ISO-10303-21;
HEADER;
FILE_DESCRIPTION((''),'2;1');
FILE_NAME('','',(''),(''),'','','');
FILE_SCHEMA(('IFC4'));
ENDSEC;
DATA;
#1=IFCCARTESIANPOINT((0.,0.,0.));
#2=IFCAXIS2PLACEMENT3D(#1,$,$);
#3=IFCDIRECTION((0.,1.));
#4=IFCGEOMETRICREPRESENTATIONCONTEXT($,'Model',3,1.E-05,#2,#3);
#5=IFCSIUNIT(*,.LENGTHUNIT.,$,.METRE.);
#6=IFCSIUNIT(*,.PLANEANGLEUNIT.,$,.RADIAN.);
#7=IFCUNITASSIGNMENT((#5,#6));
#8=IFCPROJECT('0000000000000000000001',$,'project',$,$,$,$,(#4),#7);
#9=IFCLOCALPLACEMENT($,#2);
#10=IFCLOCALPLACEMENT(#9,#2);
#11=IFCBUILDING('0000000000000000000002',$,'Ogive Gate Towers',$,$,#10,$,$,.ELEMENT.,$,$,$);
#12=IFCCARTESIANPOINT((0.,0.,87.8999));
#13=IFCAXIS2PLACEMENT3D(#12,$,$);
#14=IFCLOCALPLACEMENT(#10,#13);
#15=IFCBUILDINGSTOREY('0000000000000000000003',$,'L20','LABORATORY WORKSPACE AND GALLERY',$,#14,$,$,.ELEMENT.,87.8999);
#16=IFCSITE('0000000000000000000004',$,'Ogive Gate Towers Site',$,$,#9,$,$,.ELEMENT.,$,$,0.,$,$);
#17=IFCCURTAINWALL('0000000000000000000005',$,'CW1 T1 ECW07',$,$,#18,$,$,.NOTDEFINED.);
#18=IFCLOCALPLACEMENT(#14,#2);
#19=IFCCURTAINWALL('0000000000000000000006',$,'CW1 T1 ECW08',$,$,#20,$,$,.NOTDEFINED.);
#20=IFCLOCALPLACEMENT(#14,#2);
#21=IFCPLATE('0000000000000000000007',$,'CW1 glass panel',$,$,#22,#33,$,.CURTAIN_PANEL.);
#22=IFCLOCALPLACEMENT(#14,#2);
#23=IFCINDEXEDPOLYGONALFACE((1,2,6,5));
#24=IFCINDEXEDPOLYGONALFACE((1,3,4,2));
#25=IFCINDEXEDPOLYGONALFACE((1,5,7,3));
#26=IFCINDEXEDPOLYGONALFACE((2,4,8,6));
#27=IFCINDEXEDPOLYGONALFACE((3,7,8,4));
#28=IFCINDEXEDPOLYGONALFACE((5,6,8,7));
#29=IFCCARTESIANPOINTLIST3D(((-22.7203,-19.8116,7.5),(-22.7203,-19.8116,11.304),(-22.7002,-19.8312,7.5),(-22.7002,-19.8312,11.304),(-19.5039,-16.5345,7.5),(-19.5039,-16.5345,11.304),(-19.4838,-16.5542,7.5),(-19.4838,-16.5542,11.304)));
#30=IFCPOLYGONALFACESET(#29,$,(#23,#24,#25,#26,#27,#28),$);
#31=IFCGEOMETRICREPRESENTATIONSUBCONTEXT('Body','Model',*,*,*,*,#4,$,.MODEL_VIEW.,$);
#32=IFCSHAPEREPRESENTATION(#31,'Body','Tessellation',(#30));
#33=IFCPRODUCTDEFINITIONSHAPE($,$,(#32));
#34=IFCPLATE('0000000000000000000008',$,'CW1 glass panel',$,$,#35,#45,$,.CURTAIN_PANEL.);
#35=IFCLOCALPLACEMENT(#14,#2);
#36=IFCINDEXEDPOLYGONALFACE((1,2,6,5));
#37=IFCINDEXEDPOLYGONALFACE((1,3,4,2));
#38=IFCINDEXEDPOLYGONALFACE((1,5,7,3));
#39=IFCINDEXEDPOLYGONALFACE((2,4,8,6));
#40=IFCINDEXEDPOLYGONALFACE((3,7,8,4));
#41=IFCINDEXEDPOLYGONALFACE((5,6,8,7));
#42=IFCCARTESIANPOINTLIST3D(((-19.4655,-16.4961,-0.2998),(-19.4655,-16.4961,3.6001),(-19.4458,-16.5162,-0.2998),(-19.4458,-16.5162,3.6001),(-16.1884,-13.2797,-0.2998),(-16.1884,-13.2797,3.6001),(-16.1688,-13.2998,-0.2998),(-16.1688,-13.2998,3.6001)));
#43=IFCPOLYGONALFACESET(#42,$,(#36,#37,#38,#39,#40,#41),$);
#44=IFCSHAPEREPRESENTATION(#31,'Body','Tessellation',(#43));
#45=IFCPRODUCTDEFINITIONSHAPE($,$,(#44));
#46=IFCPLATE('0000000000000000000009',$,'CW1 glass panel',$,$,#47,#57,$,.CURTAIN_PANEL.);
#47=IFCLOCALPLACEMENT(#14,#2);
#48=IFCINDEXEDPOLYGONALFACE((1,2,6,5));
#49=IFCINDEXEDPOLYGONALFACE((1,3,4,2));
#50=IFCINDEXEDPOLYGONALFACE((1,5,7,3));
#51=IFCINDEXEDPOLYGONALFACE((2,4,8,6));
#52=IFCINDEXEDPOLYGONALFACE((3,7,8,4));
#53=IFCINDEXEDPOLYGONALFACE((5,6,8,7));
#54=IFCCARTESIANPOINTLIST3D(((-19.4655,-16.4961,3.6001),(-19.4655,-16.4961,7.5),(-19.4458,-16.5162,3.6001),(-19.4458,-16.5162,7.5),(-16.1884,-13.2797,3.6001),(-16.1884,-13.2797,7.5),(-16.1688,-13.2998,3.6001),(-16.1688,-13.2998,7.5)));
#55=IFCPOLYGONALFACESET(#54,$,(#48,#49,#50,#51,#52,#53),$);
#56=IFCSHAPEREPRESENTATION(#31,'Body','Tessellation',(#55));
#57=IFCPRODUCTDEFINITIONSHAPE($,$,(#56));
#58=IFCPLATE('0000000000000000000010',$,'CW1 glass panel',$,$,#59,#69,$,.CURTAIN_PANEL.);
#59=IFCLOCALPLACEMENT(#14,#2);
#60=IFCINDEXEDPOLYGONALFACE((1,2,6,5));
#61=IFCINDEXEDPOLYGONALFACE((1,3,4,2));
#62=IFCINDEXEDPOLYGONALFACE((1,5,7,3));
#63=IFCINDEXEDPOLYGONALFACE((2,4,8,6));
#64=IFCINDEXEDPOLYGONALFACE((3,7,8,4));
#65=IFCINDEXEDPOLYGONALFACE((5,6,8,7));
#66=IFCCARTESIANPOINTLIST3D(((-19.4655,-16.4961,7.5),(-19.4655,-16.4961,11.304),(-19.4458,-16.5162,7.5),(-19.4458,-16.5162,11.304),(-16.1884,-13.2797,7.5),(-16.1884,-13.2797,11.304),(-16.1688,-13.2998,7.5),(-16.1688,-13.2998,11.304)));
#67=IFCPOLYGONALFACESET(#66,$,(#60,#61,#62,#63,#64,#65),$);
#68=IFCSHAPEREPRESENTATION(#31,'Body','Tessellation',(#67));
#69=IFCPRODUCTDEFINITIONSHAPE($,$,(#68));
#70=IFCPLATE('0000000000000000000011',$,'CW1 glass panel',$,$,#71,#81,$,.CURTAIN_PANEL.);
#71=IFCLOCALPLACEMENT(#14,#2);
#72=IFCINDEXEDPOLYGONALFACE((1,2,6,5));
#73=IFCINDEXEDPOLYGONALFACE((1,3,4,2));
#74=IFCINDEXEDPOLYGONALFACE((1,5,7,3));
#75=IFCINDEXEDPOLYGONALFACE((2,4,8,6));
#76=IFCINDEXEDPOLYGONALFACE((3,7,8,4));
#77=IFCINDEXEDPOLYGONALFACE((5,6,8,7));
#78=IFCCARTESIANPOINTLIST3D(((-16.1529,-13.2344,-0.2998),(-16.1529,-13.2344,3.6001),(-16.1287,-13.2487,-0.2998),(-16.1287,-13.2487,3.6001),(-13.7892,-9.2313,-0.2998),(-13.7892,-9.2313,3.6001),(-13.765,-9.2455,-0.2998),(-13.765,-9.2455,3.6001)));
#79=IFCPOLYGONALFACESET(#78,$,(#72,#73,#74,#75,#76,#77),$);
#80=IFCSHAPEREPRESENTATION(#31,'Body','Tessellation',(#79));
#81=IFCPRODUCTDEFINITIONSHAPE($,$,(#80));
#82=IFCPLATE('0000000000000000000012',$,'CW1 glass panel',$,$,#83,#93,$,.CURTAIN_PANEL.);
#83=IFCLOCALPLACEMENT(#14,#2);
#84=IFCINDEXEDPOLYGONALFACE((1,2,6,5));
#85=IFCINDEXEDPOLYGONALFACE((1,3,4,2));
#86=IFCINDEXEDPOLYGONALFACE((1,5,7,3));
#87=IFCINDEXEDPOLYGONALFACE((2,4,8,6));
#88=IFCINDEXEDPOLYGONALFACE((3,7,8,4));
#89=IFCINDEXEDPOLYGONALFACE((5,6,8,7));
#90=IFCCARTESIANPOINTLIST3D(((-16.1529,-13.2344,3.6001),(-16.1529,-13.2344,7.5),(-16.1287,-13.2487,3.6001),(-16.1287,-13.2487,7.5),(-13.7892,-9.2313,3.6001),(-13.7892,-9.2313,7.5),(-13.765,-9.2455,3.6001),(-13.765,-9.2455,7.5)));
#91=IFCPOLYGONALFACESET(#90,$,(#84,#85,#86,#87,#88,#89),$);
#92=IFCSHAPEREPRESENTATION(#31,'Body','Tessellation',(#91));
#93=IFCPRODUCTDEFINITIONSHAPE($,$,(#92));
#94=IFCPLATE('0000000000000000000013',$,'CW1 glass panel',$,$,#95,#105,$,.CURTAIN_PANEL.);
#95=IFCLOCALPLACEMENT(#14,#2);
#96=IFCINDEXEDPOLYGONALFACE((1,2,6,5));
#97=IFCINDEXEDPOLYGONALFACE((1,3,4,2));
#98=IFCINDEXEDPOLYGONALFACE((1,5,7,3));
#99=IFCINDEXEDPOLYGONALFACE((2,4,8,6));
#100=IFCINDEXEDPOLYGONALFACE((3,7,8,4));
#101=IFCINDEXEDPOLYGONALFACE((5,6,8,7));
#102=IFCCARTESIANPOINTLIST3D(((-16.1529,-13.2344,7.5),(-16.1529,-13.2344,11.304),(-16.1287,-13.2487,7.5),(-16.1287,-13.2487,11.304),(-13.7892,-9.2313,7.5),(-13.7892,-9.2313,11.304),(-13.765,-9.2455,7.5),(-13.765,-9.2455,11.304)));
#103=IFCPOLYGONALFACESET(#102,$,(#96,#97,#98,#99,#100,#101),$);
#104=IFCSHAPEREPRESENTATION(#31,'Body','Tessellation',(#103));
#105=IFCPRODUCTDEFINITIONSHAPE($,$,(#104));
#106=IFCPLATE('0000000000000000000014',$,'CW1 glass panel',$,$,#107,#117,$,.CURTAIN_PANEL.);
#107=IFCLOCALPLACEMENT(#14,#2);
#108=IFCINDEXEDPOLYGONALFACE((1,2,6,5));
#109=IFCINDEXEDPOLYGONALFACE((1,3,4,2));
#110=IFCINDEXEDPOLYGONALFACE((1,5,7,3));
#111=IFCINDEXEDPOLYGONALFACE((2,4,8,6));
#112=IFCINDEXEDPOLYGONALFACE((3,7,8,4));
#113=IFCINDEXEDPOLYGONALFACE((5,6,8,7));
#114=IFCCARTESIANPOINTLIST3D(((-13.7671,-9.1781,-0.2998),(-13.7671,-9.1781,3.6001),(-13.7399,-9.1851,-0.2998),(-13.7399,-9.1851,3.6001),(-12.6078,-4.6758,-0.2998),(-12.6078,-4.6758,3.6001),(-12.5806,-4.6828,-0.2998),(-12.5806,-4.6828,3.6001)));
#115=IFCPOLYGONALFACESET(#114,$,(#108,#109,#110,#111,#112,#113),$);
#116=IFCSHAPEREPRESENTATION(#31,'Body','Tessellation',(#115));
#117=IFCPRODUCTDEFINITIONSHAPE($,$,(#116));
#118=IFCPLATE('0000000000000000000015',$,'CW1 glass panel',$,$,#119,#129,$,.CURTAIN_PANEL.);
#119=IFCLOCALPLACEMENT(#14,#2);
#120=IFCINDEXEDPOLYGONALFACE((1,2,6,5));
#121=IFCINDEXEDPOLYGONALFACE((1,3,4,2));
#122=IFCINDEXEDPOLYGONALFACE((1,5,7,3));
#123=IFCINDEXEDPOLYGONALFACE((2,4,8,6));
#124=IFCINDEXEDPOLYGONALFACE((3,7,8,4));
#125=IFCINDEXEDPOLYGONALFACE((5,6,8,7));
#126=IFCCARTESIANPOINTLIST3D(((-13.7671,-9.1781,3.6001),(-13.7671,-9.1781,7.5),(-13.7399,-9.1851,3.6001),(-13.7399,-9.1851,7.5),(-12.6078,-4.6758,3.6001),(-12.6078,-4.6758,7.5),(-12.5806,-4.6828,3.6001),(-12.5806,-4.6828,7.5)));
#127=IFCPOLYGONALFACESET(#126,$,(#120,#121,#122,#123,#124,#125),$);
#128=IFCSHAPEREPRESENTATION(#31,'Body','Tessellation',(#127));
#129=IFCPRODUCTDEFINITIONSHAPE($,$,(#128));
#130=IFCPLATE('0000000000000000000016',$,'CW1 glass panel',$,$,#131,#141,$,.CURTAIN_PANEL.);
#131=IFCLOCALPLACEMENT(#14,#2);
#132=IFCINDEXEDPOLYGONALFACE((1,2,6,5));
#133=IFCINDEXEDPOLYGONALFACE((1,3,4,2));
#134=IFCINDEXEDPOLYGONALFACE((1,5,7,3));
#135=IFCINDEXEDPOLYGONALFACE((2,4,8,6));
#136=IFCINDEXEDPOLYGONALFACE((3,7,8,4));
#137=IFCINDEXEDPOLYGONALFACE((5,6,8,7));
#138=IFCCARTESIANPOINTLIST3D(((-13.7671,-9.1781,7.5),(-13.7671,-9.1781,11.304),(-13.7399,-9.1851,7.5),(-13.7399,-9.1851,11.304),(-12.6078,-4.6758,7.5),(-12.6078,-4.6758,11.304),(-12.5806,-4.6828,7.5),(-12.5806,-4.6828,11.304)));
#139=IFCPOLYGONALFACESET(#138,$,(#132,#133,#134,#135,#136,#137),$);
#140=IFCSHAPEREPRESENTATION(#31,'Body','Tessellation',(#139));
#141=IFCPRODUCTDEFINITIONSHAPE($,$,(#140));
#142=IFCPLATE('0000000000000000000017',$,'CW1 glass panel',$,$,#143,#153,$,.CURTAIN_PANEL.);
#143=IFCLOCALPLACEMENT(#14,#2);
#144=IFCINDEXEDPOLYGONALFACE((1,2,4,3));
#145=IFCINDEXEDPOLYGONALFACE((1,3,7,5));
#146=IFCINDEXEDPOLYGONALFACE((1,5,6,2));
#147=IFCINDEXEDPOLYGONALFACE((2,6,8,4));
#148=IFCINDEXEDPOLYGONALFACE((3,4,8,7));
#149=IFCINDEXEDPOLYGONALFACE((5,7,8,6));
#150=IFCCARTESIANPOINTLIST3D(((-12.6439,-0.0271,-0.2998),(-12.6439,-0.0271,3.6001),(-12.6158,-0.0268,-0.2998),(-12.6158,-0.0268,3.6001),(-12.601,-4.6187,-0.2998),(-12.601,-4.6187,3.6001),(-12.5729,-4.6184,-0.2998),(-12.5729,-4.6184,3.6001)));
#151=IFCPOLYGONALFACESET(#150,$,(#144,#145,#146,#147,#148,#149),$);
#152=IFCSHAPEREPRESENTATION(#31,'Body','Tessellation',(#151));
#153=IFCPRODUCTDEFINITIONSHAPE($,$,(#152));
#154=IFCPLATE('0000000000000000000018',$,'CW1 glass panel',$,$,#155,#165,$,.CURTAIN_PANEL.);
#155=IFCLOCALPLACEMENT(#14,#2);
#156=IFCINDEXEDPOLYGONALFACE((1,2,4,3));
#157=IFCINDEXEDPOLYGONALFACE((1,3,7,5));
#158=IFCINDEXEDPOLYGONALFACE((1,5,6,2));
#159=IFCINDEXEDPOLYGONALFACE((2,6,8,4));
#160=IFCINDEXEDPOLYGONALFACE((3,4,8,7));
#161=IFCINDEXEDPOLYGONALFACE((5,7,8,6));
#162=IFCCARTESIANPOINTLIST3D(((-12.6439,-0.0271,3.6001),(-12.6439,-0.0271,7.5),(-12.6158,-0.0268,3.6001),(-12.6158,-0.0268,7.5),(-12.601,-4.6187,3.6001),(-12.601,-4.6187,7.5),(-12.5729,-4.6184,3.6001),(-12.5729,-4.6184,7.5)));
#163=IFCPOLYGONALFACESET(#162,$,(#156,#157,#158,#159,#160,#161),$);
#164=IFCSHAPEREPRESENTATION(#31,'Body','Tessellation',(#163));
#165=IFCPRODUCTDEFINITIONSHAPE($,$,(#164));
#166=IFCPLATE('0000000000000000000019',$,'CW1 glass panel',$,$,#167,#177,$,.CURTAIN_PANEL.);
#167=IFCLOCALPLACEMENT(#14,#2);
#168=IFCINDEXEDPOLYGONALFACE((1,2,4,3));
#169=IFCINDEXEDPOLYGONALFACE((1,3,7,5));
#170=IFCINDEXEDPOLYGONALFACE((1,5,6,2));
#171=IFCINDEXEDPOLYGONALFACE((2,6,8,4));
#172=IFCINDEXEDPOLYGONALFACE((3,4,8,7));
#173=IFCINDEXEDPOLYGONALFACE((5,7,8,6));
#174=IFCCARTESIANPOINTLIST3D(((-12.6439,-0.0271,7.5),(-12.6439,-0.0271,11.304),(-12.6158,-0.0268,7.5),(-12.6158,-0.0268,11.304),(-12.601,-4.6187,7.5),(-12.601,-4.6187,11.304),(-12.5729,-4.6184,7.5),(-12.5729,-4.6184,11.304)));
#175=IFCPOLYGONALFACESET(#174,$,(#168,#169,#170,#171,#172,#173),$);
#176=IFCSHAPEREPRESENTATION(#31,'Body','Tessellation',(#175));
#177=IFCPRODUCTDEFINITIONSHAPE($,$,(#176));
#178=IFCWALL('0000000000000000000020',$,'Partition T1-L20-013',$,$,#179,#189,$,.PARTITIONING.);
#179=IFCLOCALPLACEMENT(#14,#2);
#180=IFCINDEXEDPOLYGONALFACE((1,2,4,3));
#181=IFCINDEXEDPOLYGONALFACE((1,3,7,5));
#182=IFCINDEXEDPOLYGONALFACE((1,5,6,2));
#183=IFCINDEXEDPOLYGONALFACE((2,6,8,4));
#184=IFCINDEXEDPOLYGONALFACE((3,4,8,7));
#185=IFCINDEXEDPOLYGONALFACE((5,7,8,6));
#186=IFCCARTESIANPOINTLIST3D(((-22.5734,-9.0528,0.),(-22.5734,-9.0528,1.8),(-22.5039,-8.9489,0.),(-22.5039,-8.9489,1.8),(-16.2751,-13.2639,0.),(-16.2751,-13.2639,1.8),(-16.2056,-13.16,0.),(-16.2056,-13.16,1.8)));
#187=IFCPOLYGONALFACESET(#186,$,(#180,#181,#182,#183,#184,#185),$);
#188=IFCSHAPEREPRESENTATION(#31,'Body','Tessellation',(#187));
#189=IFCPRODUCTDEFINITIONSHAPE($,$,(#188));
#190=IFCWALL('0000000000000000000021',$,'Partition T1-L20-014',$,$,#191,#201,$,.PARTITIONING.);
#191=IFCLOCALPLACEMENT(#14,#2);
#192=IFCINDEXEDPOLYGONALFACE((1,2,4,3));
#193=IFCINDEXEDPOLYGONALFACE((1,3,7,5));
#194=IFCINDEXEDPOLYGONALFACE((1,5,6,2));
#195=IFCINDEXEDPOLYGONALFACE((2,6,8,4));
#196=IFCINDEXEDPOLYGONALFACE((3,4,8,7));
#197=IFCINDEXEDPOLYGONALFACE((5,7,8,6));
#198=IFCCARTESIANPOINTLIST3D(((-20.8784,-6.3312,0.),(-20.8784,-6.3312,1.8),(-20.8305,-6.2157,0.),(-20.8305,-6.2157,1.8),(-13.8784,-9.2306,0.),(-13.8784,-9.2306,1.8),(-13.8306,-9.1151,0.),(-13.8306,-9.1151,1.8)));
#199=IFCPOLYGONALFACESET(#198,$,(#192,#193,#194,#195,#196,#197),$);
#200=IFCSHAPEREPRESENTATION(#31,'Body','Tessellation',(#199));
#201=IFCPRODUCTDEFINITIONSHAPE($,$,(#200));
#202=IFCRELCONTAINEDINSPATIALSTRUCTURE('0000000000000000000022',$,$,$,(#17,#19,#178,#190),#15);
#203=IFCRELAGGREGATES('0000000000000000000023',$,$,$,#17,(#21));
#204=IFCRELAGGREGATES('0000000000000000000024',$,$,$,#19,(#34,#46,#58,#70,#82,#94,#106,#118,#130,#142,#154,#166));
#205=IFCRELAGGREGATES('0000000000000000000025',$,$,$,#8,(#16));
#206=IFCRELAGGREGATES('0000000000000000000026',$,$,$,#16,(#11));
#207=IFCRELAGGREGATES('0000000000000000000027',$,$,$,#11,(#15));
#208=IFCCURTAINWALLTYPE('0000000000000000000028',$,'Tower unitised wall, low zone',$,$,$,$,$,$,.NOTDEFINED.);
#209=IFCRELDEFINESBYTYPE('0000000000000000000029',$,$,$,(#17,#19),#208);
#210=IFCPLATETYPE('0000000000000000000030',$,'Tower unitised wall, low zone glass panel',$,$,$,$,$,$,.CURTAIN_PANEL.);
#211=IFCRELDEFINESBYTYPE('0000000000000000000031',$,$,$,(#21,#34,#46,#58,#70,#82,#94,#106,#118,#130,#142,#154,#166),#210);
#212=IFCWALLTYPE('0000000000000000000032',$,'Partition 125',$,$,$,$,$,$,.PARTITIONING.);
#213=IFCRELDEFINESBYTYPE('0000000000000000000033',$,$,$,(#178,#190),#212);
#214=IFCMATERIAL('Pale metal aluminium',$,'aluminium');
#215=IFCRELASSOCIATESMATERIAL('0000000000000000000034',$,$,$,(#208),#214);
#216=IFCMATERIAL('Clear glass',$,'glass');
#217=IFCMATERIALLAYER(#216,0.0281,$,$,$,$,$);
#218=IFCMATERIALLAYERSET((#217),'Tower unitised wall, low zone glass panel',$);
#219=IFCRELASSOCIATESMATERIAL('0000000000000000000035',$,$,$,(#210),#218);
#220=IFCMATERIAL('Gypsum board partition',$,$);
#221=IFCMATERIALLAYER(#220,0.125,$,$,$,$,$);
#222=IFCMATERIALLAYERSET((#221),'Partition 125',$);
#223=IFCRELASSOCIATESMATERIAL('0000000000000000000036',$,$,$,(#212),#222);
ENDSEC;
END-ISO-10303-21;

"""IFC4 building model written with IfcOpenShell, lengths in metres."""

from ifc_helpers import new_model, si_unit, direction, frame, frame_2d, origin, origin_2d, place, context, subcontext, project, spatial, rectangle, extrude, material, layer, layer_set, type_object, element, aggregate, save


model = new_model("IFC4")

# Units and contexts
model_context = context("Model", 3, precision=1e-05, world=origin(), true_north=direction((0.0, 1.0)))
body_context = subcontext(model_context, "Body", "Model", "MODEL_VIEW")
ifc_project = project(units=[si_unit("LENGTHUNIT", "METRE"), si_unit("PLANEANGLEUNIT", "RADIAN")], contexts=[model_context])

# Site, building, storey
site_placement = place(None, origin())
site = spatial("IfcSite", under=ifc_project, at=site_placement, Name="Ogive Gate Towers Site", CompositionType="ELEMENT", RefElevation=0.0)
building_placement = place(site_placement, origin())
building = spatial("IfcBuilding", under=site, at=building_placement, Name="Ogive Gate Towers", CompositionType="ELEMENT")
storey_placement = place(building_placement, frame((0.0, 0.0, 87.8999)))
storey = spatial("IfcBuildingStorey", under=building, at=storey_placement, Name="L20", Description="LABORATORY WORKSPACE AND GALLERY", CompositionType="ELEMENT", Elevation=87.8999)

# Curtain wall
ifc_material_1 = material(Name="Pale metal aluminium", Category="aluminium")
curtain_wall_type = type_object("IfcCurtainWallType", Name="Tower unitised wall, low zone", PredefinedType="NOTDEFINED", material=ifc_material_1)
curtain_wall_1_placement = place(storey_placement, origin())
curtain_wall_1 = element("IfcCurtainWall", 1, at=curtain_wall_1_placement, inside=storey, type_object=curtain_wall_type, Name="CW1 T1 ECW07", PredefinedType="NOTDEFINED")

# Curtain wall
curtain_wall_2_placement = place(storey_placement, origin())
curtain_wall_2 = element("IfcCurtainWall", 2, at=curtain_wall_2_placement, inside=storey, type_object=curtain_wall_type, Name="CW1 T1 ECW08", PredefinedType="NOTDEFINED")

# Plates
ifc_material_2 = material(Name="Clear glass", Category="glass")
ifc_layer_1 = layer(ifc_material_2, 0.0281)
ifc_layer_set_1 = layer_set([ifc_layer_1], Name="Tower unitised wall, low zone glass panel")
plate_type = type_object("IfcPlateType", Name="Tower unitised wall, low zone glass panel", PredefinedType="CURTAIN_PANEL", material=ifc_layer_set_1)
plate_1_placement = place(storey_placement, frame((-21.1021, -18.1829, 7.5), z_axis=(0.0, 0.0, 1.0), x_axis=(0.700473, 0.713678, 0.0)))
plate_1 = element("IfcPlate", 3, at=plate_1_placement, type_object=plate_type, Name="CW1 glass panel", PredefinedType="CURTAIN_PANEL", context=body_context, shape_type="SweptSolid", body=[
    extrude(rectangle(XDim=4.5918, YDim=0.0281, at=origin_2d()), origin(), (0.0, 0.0, 1.0), 3.804),
])
aggregate(curtain_wall_1, [plate_1])
plate_2_placement = place(storey_placement, frame((-17.8171, -14.8979, -0.2998), z_axis=(0.0, 0.0, 1.0), x_axis=(0.713678, 0.700473, 0.0)))
plate_2 = element("IfcPlate", 4, at=plate_2_placement, type_object=plate_type, Name="CW1 glass panel", PredefinedType="CURTAIN_PANEL", context=body_context, shape_type="SweptSolid", body=[
    extrude(rectangle(XDim=4.5918, YDim=0.0281, at=origin_2d()), origin(), (0.0, 0.0, 1.0), 3.8999),
])
plate_3_placement = place(storey_placement, frame((-17.8171, -14.8979, 3.6001), z_axis=(0.0, 0.0, 1.0), x_axis=(0.713678, 0.700473, 0.0)))
plate_3 = element("IfcPlate", 5, at=plate_3_placement, type_object=plate_type, Name="CW1 glass panel", PredefinedType="CURTAIN_PANEL", context=body_context, shape_type="SweptSolid", body=[
    extrude(rectangle(XDim=4.5918, YDim=0.0281, at=origin_2d()), origin(), (0.0, 0.0, 1.0), 3.8999),
])
plate_4_placement = place(storey_placement, frame((-17.8171, -14.8979, 7.5), z_axis=(0.0, 0.0, 1.0), x_axis=(0.713678, 0.700473, 0.0)))
plate_4 = element("IfcPlate", 6, at=plate_4_placement, type_object=plate_type, Name="CW1 glass panel", PredefinedType="CURTAIN_PANEL", context=body_context, shape_type="SweptSolid", body=[
    extrude(rectangle(XDim=4.5918, YDim=0.0281, at=origin_2d()), origin(), (0.0, 0.0, 1.0), 3.804),
])
plate_5_placement = place(storey_placement, frame((-14.959, -11.24, -0.2998), z_axis=(0.0, 0.0, 1.0), x_axis=(0.50844, 0.861097, 0.0)))
plate_5 = element("IfcPlate", 7, at=plate_5_placement, type_object=plate_type, Name="CW1 glass panel", PredefinedType="CURTAIN_PANEL", context=body_context, shape_type="SweptSolid", body=[
    extrude(rectangle(XDim=4.6489, YDim=0.0281, at=origin_2d()), origin(), (0.0, 0.0, 1.0), 3.8999),
])
plate_6_placement = place(storey_placement, frame((-14.959, -11.24, 3.6001), z_axis=(0.0, 0.0, 1.0), x_axis=(0.50844, 0.861097, 0.0)))
plate_6 = element("IfcPlate", 8, at=plate_6_placement, type_object=plate_type, Name="CW1 glass panel", PredefinedType="CURTAIN_PANEL", context=body_context, shape_type="SweptSolid", body=[
    extrude(rectangle(XDim=4.6489, YDim=0.0281, at=origin_2d()), origin(), (0.0, 0.0, 1.0), 3.8999),
])
plate_7_placement = place(storey_placement, frame((-14.959, -11.24, 7.5), z_axis=(0.0, 0.0, 1.0), x_axis=(0.50844, 0.861097, 0.0)))
plate_7 = element("IfcPlate", 9, at=plate_7_placement, type_object=plate_type, Name="CW1 glass panel", PredefinedType="CURTAIN_PANEL", context=body_context, shape_type="SweptSolid", body=[
    extrude(rectangle(XDim=4.6489, YDim=0.0281, at=origin_2d()), origin(), (0.0, 0.0, 1.0), 3.804),
])
plate_8_placement = place(storey_placement, frame((-13.1738, -6.9304, -0.2998), z_axis=(0.0, 0.0, 1.0), x_axis=(0.249349, 0.968414, 0.0)))
plate_8 = element("IfcPlate", 10, at=plate_8_placement, type_object=plate_type, Name="CW1 glass panel", PredefinedType="CURTAIN_PANEL", context=body_context, shape_type="SweptSolid", body=[
    extrude(rectangle(XDim=4.6492, YDim=0.0281, at=origin_2d()), origin(), (0.0, 0.0, 1.0), 3.8999),
])
plate_9_placement = place(storey_placement, frame((-13.1738, -6.9304, 3.6001), z_axis=(0.0, 0.0, 1.0), x_axis=(0.249349, 0.968414, 0.0)))
plate_9 = element("IfcPlate", 11, at=plate_9_placement, type_object=plate_type, Name="CW1 glass panel", PredefinedType="CURTAIN_PANEL", context=body_context, shape_type="SweptSolid", body=[
    extrude(rectangle(XDim=4.6492, YDim=0.0281, at=origin_2d()), origin(), (0.0, 0.0, 1.0), 3.8999),
])
plate_10_placement = place(storey_placement, frame((-13.1738, -6.9304, 7.5), z_axis=(0.0, 0.0, 1.0), x_axis=(0.249349, 0.968414, 0.0)))
plate_10 = element("IfcPlate", 12, at=plate_10_placement, type_object=plate_type, Name="CW1 glass panel", PredefinedType="CURTAIN_PANEL", context=body_context, shape_type="SweptSolid", body=[
    extrude(rectangle(XDim=4.6492, YDim=0.0281, at=origin_2d()), origin(), (0.0, 0.0, 1.0), 3.804),
])
plate_11_placement = place(storey_placement, frame((-12.6084, -2.3228, -0.2998), z_axis=(0.0, 0.0, 1.0), x_axis=(-0.009337, 0.999956, 0.0)))
plate_11 = element("IfcPlate", 13, at=plate_11_placement, type_object=plate_type, Name="CW1 glass panel", PredefinedType="CURTAIN_PANEL", context=body_context, shape_type="SweptSolid", body=[
    extrude(rectangle(XDim=4.5918, YDim=0.0281, at=origin_2d()), origin(), (0.0, 0.0, 1.0), 3.8999),
])
plate_12_placement = place(storey_placement, frame((-12.6084, -2.3228, 3.6001), z_axis=(0.0, 0.0, 1.0), x_axis=(-0.009337, 0.999956, 0.0)))
plate_12 = element("IfcPlate", 14, at=plate_12_placement, type_object=plate_type, Name="CW1 glass panel", PredefinedType="CURTAIN_PANEL", context=body_context, shape_type="SweptSolid", body=[
    extrude(rectangle(XDim=4.5918, YDim=0.0281, at=origin_2d()), origin(), (0.0, 0.0, 1.0), 3.8999),
])
plate_13_placement = place(storey_placement, frame((-12.6084, -2.3228, 7.5), z_axis=(0.0, 0.0, 1.0), x_axis=(-0.009337, 0.999956, 0.0)))
plate_13 = element("IfcPlate", 15, at=plate_13_placement, type_object=plate_type, Name="CW1 glass panel", PredefinedType="CURTAIN_PANEL", context=body_context, shape_type="SweptSolid", body=[
    extrude(rectangle(XDim=4.5918, YDim=0.0281, at=origin_2d()), origin(), (0.0, 0.0, 1.0), 3.804),
])
aggregate(curtain_wall_2, [plate_2, plate_3, plate_4, plate_5, plate_6, plate_7, plate_8, plate_9, plate_10, plate_11, plate_12, plate_13])

# Walls
ifc_material_3 = material(Name="Gypsum board partition")
ifc_layer_2 = layer(ifc_material_3, 0.125)
ifc_layer_set_2 = layer_set([ifc_layer_2], Name="Partition 125")
wall_type = type_object("IfcWallType", Name="Partition 125", PredefinedType="PARTITIONING", material=ifc_layer_set_2)
wall_1_placement = place(storey_placement, frame((-16.2405, -13.2119, 0.0), z_axis=(0.0, 0.0, 1.0), x_axis=(-0.831301, 0.555823, 0.0)))
element("IfcWall", 16, at=wall_1_placement, inside=storey, type_object=wall_type, Name="Partition T1-L20-013", PredefinedType="PARTITIONING", context=body_context, shape_type="SweptSolid", body=[
    extrude(rectangle(XDim=7.5764, YDim=0.125, at=frame_2d((3.7881, 0.0))), origin(), (0.0, 0.0, 1.0), 1.8),
])
wall_2_placement = place(storey_placement, frame((-13.8545, -9.1729, 0.0), z_axis=(0.0, 0.0, 1.0), x_axis=(-0.923883, 0.382674, 0.0)))
element("IfcWall", 17, at=wall_2_placement, inside=storey, type_object=wall_type, Name="Partition T1-L20-014", PredefinedType="PARTITIONING", context=body_context, shape_type="SweptSolid", body=[
    extrude(rectangle(XDim=7.5767, YDim=0.125, at=frame_2d((3.7883, 0.0))), origin(), (0.0, 0.0, 1.0), 1.8),
])

save(model, "model.ifc")
